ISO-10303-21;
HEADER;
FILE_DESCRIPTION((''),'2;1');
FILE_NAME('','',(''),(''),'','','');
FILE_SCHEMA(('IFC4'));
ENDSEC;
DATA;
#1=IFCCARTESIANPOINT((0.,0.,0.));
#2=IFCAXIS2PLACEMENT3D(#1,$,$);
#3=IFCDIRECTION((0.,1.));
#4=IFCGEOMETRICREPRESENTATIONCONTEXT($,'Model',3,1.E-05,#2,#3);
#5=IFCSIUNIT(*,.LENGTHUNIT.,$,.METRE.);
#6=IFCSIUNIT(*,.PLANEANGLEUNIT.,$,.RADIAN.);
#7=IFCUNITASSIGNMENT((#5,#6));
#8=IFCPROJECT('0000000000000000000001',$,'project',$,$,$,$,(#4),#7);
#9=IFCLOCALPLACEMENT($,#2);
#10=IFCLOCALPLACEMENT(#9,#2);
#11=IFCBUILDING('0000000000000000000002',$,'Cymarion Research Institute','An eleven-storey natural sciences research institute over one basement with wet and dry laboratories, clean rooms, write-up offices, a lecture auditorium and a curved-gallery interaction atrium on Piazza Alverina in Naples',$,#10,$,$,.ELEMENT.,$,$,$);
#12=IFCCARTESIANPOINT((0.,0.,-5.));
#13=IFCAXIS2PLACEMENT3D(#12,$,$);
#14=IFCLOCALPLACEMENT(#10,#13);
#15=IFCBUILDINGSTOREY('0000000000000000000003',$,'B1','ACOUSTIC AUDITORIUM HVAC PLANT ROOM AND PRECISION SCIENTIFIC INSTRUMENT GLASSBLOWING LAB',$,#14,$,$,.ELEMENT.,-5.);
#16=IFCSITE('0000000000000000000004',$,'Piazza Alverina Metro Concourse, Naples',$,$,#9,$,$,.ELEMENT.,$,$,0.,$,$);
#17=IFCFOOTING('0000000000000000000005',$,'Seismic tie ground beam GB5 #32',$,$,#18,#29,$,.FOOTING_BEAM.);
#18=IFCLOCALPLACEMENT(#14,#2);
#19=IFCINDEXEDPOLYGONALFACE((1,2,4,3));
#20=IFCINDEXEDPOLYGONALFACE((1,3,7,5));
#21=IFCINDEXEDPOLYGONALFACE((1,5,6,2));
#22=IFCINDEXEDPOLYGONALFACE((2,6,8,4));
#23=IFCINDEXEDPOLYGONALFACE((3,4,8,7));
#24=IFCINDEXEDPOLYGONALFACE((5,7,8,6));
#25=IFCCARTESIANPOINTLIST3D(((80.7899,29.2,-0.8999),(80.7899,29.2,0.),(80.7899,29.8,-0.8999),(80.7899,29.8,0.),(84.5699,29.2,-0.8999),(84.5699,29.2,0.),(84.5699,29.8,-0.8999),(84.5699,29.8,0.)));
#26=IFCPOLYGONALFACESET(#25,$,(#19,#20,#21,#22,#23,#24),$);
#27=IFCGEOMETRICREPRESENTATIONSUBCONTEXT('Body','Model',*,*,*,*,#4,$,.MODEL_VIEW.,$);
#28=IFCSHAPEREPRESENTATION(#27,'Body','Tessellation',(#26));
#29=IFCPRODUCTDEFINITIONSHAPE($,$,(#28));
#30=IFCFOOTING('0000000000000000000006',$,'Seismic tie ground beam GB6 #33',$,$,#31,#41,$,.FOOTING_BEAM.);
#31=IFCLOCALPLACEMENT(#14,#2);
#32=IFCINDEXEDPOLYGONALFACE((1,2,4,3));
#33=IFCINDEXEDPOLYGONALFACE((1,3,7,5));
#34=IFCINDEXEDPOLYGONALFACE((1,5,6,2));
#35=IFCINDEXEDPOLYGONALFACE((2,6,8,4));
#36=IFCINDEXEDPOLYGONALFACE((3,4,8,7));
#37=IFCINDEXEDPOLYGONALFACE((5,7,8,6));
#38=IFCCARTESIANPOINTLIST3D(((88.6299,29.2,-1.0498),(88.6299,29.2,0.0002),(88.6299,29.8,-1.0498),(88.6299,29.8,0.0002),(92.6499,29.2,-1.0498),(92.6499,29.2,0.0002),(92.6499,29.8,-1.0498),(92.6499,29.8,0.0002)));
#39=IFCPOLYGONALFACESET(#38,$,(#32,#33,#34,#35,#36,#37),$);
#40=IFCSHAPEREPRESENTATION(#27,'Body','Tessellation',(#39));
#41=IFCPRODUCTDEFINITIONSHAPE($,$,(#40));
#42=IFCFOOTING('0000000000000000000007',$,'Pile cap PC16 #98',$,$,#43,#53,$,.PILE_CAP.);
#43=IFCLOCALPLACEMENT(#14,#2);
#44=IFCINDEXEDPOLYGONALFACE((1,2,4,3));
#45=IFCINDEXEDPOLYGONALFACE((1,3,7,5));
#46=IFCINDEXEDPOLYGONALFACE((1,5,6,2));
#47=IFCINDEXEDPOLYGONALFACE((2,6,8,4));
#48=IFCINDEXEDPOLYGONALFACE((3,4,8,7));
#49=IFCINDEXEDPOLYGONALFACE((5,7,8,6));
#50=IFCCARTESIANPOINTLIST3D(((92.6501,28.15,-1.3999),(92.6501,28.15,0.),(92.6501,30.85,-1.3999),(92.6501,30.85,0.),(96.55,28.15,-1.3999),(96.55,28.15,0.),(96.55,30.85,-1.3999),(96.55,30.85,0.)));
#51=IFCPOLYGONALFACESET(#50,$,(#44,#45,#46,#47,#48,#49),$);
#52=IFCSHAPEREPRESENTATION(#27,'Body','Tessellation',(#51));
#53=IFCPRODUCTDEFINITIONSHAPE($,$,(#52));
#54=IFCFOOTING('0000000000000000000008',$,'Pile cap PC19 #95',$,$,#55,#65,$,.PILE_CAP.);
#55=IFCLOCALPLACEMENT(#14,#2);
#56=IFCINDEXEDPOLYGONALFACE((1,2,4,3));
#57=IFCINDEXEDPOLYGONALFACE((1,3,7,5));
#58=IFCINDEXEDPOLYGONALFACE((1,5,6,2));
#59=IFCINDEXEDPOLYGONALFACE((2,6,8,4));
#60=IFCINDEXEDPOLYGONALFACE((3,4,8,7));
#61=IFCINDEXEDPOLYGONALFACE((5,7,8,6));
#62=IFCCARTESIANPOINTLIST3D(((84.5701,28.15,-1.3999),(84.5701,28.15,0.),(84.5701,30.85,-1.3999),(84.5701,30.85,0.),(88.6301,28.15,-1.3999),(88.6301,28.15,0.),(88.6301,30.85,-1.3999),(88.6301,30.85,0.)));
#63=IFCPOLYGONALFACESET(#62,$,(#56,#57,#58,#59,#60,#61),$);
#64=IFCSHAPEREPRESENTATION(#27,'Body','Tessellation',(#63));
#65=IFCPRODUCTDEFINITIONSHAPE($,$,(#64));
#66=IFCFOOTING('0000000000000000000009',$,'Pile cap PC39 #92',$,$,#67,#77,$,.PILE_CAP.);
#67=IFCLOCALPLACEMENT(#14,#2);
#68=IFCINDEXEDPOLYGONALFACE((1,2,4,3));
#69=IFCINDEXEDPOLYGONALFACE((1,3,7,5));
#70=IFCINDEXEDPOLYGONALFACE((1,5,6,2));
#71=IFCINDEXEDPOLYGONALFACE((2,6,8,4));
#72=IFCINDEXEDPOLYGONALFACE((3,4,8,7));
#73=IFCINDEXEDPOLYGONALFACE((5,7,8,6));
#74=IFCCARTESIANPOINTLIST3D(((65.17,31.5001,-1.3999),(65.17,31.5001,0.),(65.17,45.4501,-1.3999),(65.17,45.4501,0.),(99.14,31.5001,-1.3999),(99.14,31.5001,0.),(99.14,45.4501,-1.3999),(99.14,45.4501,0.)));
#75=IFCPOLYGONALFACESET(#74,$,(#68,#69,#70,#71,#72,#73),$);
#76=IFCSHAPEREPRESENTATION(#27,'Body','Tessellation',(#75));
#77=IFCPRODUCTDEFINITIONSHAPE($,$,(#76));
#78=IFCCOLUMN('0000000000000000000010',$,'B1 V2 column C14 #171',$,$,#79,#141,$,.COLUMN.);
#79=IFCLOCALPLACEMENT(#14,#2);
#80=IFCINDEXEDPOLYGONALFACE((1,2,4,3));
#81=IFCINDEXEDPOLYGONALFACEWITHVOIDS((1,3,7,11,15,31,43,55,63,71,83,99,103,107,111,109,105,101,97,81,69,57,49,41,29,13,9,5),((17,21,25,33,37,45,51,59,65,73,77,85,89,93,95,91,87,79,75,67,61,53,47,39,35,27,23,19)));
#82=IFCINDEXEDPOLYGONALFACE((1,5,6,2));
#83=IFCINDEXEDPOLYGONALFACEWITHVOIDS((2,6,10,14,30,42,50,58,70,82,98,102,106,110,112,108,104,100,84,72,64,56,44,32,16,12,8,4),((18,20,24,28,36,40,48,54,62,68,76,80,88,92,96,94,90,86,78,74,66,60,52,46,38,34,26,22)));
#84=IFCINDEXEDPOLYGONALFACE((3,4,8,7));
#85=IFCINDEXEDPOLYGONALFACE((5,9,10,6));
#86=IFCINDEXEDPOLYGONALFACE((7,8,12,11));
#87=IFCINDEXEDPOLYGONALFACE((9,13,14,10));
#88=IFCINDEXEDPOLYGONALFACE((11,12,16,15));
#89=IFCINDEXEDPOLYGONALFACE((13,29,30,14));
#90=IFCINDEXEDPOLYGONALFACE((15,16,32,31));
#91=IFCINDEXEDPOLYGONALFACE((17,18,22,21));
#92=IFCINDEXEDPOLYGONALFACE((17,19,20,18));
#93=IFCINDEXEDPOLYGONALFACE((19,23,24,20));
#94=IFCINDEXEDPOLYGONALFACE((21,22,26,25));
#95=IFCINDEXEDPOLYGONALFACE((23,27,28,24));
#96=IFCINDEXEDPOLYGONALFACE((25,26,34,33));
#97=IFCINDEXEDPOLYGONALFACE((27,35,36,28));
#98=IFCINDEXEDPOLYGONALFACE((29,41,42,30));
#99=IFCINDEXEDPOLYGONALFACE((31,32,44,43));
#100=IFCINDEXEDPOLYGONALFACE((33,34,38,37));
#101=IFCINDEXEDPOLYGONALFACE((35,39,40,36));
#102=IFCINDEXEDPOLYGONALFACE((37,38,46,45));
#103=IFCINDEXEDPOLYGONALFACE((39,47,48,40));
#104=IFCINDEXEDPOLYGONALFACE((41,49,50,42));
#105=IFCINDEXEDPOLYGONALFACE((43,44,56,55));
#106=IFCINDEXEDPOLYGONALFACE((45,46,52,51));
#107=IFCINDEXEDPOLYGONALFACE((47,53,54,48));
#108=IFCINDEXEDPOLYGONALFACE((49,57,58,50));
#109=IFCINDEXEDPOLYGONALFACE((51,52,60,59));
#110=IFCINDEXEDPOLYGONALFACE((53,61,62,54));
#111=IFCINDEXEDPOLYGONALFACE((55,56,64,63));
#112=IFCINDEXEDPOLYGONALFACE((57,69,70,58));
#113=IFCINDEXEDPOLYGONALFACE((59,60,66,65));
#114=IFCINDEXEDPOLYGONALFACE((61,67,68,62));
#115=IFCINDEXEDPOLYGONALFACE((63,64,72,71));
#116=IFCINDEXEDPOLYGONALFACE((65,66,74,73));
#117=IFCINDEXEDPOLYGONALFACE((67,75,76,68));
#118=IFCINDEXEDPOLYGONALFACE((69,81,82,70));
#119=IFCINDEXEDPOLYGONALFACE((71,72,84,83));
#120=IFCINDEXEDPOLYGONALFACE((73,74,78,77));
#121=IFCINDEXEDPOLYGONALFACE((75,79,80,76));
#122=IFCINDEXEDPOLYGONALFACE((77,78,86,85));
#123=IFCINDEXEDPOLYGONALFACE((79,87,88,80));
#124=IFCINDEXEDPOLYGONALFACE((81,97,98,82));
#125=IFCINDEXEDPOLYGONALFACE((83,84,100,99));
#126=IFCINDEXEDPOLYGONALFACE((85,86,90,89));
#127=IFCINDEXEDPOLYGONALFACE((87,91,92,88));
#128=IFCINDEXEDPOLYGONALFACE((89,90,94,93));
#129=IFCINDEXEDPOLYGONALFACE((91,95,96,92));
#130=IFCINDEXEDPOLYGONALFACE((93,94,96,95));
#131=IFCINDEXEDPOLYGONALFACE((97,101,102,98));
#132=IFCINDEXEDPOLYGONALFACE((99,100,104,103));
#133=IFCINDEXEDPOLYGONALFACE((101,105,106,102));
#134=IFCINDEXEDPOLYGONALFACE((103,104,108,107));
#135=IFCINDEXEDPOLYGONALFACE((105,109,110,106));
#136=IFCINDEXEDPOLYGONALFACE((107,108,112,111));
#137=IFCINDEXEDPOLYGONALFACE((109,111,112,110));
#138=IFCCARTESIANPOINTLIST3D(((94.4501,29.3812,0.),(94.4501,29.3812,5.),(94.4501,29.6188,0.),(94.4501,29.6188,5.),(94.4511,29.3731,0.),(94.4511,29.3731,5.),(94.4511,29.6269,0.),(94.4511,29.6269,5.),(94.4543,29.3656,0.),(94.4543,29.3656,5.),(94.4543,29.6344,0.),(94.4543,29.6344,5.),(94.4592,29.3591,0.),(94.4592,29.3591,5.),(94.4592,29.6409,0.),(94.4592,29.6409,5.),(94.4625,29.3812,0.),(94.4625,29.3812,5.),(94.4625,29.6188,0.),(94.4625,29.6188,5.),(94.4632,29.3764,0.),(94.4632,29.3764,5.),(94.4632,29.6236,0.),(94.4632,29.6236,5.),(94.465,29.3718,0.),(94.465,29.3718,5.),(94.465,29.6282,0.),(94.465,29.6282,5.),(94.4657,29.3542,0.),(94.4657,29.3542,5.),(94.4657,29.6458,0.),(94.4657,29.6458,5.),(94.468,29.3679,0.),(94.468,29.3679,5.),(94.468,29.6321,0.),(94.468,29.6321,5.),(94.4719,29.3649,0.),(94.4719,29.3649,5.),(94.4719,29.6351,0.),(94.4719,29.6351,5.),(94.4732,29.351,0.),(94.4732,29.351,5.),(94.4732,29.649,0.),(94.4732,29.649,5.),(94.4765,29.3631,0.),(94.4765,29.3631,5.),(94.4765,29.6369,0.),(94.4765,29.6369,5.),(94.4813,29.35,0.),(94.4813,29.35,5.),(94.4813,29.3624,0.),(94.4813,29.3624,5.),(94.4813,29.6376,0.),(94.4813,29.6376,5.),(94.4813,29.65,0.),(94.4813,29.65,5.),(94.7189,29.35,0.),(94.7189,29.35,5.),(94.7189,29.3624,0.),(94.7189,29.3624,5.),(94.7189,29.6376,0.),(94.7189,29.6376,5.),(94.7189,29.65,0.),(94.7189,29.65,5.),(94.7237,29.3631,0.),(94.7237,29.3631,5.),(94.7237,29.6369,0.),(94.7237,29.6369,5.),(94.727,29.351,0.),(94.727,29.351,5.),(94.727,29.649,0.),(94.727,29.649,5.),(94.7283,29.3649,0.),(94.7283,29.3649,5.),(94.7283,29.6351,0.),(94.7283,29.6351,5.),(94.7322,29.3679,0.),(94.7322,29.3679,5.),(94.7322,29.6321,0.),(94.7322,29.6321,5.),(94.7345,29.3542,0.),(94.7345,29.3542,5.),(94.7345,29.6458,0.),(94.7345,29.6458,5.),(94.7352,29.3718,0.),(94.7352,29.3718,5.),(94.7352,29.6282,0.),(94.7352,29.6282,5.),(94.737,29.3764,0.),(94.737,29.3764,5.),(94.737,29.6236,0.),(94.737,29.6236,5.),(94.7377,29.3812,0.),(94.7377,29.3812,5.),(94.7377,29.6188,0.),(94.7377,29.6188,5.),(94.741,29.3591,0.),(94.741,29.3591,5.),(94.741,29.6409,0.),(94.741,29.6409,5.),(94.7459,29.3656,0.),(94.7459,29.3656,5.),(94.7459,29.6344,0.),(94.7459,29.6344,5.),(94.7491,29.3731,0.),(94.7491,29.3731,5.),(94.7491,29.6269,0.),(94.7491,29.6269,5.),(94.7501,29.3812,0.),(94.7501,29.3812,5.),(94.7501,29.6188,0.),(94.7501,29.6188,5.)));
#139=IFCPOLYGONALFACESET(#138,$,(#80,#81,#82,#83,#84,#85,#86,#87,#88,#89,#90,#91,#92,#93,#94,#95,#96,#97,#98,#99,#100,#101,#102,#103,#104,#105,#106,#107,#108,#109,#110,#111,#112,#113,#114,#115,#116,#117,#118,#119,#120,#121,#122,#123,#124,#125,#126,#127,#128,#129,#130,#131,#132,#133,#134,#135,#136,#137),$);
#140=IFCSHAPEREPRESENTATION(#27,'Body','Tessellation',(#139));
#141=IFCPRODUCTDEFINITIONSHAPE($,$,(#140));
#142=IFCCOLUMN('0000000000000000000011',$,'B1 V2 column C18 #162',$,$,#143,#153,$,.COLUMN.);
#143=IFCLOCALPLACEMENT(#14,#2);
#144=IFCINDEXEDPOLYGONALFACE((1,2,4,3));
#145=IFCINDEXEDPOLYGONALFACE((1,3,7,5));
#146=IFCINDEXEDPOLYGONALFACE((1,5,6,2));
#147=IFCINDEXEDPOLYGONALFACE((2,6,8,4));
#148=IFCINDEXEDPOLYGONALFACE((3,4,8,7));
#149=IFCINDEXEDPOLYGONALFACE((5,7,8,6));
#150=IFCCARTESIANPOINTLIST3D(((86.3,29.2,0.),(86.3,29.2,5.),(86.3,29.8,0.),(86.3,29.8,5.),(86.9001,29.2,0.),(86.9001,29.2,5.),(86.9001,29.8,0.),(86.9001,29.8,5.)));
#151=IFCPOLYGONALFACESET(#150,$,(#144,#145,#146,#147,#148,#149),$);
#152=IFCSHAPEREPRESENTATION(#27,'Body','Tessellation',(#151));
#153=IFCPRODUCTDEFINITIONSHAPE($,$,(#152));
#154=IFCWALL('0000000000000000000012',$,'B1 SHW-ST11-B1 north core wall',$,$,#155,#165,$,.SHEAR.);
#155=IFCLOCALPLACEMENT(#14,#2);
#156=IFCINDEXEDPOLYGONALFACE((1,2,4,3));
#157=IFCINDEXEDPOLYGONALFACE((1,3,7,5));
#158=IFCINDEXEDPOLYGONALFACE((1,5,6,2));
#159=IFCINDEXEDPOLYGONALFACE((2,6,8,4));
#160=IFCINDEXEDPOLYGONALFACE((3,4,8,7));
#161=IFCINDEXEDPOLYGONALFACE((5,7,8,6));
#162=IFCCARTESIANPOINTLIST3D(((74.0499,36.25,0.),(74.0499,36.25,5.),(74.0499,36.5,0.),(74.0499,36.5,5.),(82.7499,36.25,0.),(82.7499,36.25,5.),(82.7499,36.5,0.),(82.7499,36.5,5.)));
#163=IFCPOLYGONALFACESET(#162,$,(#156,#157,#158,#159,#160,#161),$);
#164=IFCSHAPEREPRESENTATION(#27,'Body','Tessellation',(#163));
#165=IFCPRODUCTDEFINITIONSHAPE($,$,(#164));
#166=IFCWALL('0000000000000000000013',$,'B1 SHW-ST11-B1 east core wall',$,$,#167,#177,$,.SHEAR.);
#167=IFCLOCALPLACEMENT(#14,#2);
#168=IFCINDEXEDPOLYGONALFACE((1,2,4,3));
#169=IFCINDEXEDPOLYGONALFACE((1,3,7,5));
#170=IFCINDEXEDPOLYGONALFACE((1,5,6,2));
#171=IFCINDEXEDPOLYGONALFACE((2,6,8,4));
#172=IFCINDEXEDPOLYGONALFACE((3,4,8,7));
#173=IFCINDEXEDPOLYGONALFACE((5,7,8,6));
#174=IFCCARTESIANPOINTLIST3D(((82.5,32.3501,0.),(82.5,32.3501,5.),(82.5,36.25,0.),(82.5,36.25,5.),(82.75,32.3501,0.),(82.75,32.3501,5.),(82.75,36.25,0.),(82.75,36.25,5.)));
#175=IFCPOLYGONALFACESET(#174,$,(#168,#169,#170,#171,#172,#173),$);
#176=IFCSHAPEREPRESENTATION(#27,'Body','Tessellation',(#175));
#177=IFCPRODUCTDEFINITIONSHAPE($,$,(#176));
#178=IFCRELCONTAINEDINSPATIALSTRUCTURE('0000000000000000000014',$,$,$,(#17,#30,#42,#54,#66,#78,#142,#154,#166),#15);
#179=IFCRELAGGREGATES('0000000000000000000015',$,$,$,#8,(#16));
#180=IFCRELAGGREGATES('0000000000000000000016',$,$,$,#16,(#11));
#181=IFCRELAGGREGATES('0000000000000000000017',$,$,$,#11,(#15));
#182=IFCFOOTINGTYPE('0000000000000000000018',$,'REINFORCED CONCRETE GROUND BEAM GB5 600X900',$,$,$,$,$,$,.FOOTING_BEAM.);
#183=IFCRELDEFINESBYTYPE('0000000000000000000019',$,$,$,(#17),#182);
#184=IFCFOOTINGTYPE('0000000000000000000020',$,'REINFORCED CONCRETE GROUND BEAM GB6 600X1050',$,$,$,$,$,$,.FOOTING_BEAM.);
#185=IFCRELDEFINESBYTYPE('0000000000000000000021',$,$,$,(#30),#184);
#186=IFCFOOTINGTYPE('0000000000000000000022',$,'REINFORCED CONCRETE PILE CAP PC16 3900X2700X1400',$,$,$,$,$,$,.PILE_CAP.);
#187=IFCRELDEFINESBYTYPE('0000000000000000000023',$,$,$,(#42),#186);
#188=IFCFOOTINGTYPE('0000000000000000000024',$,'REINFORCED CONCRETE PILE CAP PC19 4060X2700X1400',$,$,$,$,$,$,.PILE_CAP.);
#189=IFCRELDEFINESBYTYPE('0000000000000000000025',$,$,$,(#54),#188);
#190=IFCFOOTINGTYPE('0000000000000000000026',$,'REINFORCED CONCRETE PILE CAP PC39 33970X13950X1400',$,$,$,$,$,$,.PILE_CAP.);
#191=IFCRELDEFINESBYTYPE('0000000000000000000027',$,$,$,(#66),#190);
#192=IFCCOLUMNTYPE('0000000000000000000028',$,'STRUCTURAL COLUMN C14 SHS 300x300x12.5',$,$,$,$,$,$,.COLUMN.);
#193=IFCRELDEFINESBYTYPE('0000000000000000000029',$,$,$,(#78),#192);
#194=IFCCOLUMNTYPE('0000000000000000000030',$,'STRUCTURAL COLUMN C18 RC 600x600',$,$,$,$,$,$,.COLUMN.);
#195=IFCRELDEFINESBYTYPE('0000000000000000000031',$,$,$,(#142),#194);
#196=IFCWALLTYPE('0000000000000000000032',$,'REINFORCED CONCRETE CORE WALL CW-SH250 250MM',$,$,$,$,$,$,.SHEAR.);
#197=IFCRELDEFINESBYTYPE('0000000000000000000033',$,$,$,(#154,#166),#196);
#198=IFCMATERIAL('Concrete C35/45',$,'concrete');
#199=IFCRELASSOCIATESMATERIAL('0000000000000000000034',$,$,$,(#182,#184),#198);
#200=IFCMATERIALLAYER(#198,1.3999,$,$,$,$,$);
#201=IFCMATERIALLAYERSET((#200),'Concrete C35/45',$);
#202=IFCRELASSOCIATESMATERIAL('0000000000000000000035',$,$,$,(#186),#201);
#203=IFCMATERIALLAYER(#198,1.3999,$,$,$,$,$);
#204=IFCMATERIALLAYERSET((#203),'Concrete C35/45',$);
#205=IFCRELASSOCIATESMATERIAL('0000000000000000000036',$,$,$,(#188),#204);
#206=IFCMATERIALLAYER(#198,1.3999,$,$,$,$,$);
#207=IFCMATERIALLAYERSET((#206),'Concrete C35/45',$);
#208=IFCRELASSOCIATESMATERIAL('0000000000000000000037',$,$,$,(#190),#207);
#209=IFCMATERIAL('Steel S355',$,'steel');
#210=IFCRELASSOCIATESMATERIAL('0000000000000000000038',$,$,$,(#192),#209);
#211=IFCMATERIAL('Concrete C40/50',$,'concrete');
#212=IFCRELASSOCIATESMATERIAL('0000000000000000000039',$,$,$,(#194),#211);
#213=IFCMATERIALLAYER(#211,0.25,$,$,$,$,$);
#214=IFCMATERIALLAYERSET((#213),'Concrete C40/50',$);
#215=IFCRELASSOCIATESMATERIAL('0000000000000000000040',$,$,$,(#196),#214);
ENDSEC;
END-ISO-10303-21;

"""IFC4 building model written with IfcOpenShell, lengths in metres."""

from ifc_helpers import new_model, si_unit, direction, frame, frame_2d, origin, origin_2d, place, context, subcontext, project, spatial, rectangle, hollow_rectangle, extrude, material, layer, layer_set, material_profile, profile_set, type_object, element, save


model = new_model("IFC4")

# Units and contexts
model_context = context("Model", 3, precision=1e-05, world=origin(), true_north=direction((0.0, 1.0)))
body_context = subcontext(model_context, "Body", "Model", "MODEL_VIEW")
ifc_project = project(units=[si_unit("LENGTHUNIT", "METRE"), si_unit("PLANEANGLEUNIT", "RADIAN")], contexts=[model_context])

# Site, building, storey
site_placement = place(None, origin())
site = spatial("IfcSite", under=ifc_project, at=site_placement, Name="Piazza Alverina Metro Concourse, Naples", CompositionType="ELEMENT", RefElevation=0.0)
building_placement = place(site_placement, origin())
building = spatial("IfcBuilding", under=site, at=building_placement, Name="Cymarion Research Institute", Description="An eleven-storey natural sciences research institute over one basement with wet and dry laboratories, clean rooms, write-up offices, a lecture auditorium and a curved-gallery interaction atrium on Piazza Alverina in Naples", CompositionType="ELEMENT")
storey_placement = place(building_placement, frame((0.0, 0.0, -5.0)))
storey = spatial("IfcBuildingStorey", under=building, at=storey_placement, Name="B1", Description="ACOUSTIC AUDITORIUM HVAC PLANT ROOM AND PRECISION SCIENTIFIC INSTRUMENT GLASSBLOWING LAB", CompositionType="ELEMENT", Elevation=-5.0)

# Shared definitions
ifc_material_1 = material(Name="Concrete C35/45", Category="concrete")

# Footings
footing_type_1 = type_object("IfcFootingType", Name="REINFORCED CONCRETE GROUND BEAM GB5 600X900", PredefinedType="FOOTING_BEAM", material=ifc_material_1)
footing_1_placement = place(storey_placement, frame((82.6799, 29.5, -0.8999), z_axis=(0.0, 0.0, 1.0), x_axis=(1.0, 0.0, 0.0)))
element("IfcFooting", 1, at=footing_1_placement, inside=storey, type_object=footing_type_1, Name="Seismic tie ground beam GB5 #32", PredefinedType="FOOTING_BEAM", context=body_context, shape_type="SweptSolid", body=[
    extrude(rectangle(XDim=3.78, YDim=0.6001, at=origin_2d()), origin(), (0.0, 0.0, 1.0), 0.8999),
])
footing_type_2 = type_object("IfcFootingType", Name="REINFORCED CONCRETE GROUND BEAM GB6 600X1050", PredefinedType="FOOTING_BEAM", material=ifc_material_1)
footing_2_placement = place(storey_placement, frame((90.6399, 29.5, -1.0498), z_axis=(0.0, 0.0, 1.0), x_axis=(1.0, 0.0, 0.0)))
element("IfcFooting", 2, at=footing_2_placement, inside=storey, type_object=footing_type_2, Name="Seismic tie ground beam GB6 #33", PredefinedType="FOOTING_BEAM", context=body_context, shape_type="SweptSolid", body=[
    extrude(rectangle(XDim=4.02, YDim=0.6001, at=origin_2d()), origin(), (0.0, 0.0, 1.0), 1.05),
])
ifc_layer_1 = layer(ifc_material_1, 1.3999)
ifc_layer_set_1 = layer_set([ifc_layer_1], Name="Concrete C35/45")
footing_type_3 = type_object("IfcFootingType", Name="REINFORCED CONCRETE PILE CAP PC16 3900X2700X1400", PredefinedType="PILE_CAP", material=ifc_layer_set_1)
footing_3_placement = place(storey_placement, frame((94.6001, 29.5, -1.3999), z_axis=(0.0, 0.0, 1.0), x_axis=(1.0, 0.0, 0.0)))
element("IfcFooting", 3, at=footing_3_placement, inside=storey, type_object=footing_type_3, Name="Pile cap PC16 #98", PredefinedType="PILE_CAP", context=body_context, shape_type="SweptSolid", body=[
    extrude(rectangle(XDim=3.8999, YDim=2.7, at=origin_2d()), origin(), (0.0, 0.0, 1.0), 1.3999),
])
ifc_layer_2 = layer(ifc_material_1, 1.3999)
ifc_layer_set_2 = layer_set([ifc_layer_2], Name="Concrete C35/45")
footing_type_4 = type_object("IfcFootingType", Name="REINFORCED CONCRETE PILE CAP PC19 4060X2700X1400", PredefinedType="PILE_CAP", material=ifc_layer_set_2)
footing_4_placement = place(storey_placement, frame((86.6001, 29.5, -1.3999), z_axis=(0.0, 0.0, 1.0), x_axis=(1.0, 0.0, 0.0)))
element("IfcFooting", 4, at=footing_4_placement, inside=storey, type_object=footing_type_4, Name="Pile cap PC19 #95", PredefinedType="PILE_CAP", context=body_context, shape_type="SweptSolid", body=[
    extrude(rectangle(XDim=4.0601, YDim=2.7, at=origin_2d()), origin(), (0.0, 0.0, 1.0), 1.3999),
])
ifc_layer_3 = layer(ifc_material_1, 1.3999)
ifc_layer_set_3 = layer_set([ifc_layer_3], Name="Concrete C35/45")
footing_type_5 = type_object("IfcFootingType", Name="REINFORCED CONCRETE PILE CAP PC39 33970X13950X1400", PredefinedType="PILE_CAP", material=ifc_layer_set_3)
footing_5_placement = place(storey_placement, frame((82.155, 38.4751, -1.3999), z_axis=(0.0, 0.0, 1.0), x_axis=(1.0, 0.0, 0.0)))
element("IfcFooting", 5, at=footing_5_placement, inside=storey, type_object=footing_type_5, Name="Pile cap PC39 #92", PredefinedType="PILE_CAP", context=body_context, shape_type="SweptSolid", body=[
    extrude(rectangle(XDim=33.97, YDim=13.95, at=origin_2d()), origin(), (0.0, 0.0, 1.0), 1.3999),
])

# Columns
ifc_material_2 = material(Name="Steel S355", Category="steel")
ifc_material_profile_1 = material_profile(ifc_material_2, hollow_rectangle(XDim=0.3, YDim=0.3, WallThickness=0.0125, InnerFilletRadius=0.0188, OuterFilletRadius=0.0312, at=origin_2d()), Name="SHS 300x300x12.5")
ifc_profile_set_1 = profile_set([ifc_material_profile_1], Name="Steel S355")
column_type_1 = type_object("IfcColumnType", Name="STRUCTURAL COLUMN C14 SHS 300x300x12.5", PredefinedType="COLUMN", material=ifc_profile_set_1)
column_1_placement = place(storey_placement, frame((94.6001, 29.5, 0.0), z_axis=(0.0, 0.0, 1.0), x_axis=(1.0, 0.0, 0.0)))
element("IfcColumn", 6, at=column_1_placement, inside=storey, type_object=column_type_1, Name="B1 V2 column C14 #171", PredefinedType="COLUMN", context=body_context, shape_type="SweptSolid", body=[
    extrude(hollow_rectangle(XDim=0.3, YDim=0.3, WallThickness=0.0125, InnerFilletRadius=0.0188, OuterFilletRadius=0.0312, at=origin_2d()), origin(), (0.0, 0.0, 1.0), 5.0),
])
ifc_material_3 = material(Name="Concrete C40/50", Category="concrete")
ifc_material_profile_2 = material_profile(ifc_material_3, rectangle(XDim=0.6001, YDim=0.6001, at=origin_2d()), Name="RC 600x600")
ifc_profile_set_2 = profile_set([ifc_material_profile_2], Name="Concrete C40/50")
column_type_2 = type_object("IfcColumnType", Name="STRUCTURAL COLUMN C18 RC 600x600", PredefinedType="COLUMN", material=ifc_profile_set_2)
column_2_placement = place(storey_placement, frame((86.6001, 29.5, 0.0), z_axis=(0.0, 0.0, 1.0), x_axis=(1.0, 0.0, 0.0)))
element("IfcColumn", 7, at=column_2_placement, inside=storey, type_object=column_type_2, Name="B1 V2 column C18 #162", PredefinedType="COLUMN", context=body_context, shape_type="SweptSolid", body=[
    extrude(rectangle(XDim=0.6001, YDim=0.6001, at=origin_2d()), origin(), (0.0, 0.0, 1.0), 5.0),
])

# Walls
ifc_layer_4 = layer(ifc_material_3, 0.25)
ifc_layer_set_4 = layer_set([ifc_layer_4], Name="Concrete C40/50")
wall_type_1 = type_object("IfcWallType", Name="REINFORCED CONCRETE CORE WALL CW-SH250 250MM", PredefinedType="SHEAR", material=ifc_layer_set_4)
wall_1_placement = place(storey_placement, frame((82.75, 36.375, 0.0), z_axis=(0.0, 0.0, 1.0), x_axis=(-1.0, 0.0, 0.0)))
element("IfcWall", 8, at=wall_1_placement, inside=storey, type_object=wall_type_1, Name="B1 SHW-ST11-B1 north core wall", PredefinedType="SHEAR", context=body_context, shape_type="SweptSolid", body=[
    extrude(rectangle(XDim=8.7, YDim=0.25, at=frame_2d((4.3501, 0.0))), origin(), (0.0, 0.0, 1.0), 5.0),
])
wall_2_placement = place(storey_placement, frame((82.625, 32.3501, 0.0), z_axis=(0.0, 0.0, 1.0), x_axis=(0.0, 1.0, 0.0)))
element("IfcWall", 9, at=wall_2_placement, inside=storey, type_object=wall_type_1, Name="B1 SHW-ST11-B1 east core wall", PredefinedType="SHEAR", context=body_context, shape_type="SweptSolid", body=[
    extrude(rectangle(XDim=3.8999, YDim=0.25, at=frame_2d((1.95, 0.0))), origin(), (0.0, 0.0, 1.0), 5.0),
])

save(model, "model.ifc")
